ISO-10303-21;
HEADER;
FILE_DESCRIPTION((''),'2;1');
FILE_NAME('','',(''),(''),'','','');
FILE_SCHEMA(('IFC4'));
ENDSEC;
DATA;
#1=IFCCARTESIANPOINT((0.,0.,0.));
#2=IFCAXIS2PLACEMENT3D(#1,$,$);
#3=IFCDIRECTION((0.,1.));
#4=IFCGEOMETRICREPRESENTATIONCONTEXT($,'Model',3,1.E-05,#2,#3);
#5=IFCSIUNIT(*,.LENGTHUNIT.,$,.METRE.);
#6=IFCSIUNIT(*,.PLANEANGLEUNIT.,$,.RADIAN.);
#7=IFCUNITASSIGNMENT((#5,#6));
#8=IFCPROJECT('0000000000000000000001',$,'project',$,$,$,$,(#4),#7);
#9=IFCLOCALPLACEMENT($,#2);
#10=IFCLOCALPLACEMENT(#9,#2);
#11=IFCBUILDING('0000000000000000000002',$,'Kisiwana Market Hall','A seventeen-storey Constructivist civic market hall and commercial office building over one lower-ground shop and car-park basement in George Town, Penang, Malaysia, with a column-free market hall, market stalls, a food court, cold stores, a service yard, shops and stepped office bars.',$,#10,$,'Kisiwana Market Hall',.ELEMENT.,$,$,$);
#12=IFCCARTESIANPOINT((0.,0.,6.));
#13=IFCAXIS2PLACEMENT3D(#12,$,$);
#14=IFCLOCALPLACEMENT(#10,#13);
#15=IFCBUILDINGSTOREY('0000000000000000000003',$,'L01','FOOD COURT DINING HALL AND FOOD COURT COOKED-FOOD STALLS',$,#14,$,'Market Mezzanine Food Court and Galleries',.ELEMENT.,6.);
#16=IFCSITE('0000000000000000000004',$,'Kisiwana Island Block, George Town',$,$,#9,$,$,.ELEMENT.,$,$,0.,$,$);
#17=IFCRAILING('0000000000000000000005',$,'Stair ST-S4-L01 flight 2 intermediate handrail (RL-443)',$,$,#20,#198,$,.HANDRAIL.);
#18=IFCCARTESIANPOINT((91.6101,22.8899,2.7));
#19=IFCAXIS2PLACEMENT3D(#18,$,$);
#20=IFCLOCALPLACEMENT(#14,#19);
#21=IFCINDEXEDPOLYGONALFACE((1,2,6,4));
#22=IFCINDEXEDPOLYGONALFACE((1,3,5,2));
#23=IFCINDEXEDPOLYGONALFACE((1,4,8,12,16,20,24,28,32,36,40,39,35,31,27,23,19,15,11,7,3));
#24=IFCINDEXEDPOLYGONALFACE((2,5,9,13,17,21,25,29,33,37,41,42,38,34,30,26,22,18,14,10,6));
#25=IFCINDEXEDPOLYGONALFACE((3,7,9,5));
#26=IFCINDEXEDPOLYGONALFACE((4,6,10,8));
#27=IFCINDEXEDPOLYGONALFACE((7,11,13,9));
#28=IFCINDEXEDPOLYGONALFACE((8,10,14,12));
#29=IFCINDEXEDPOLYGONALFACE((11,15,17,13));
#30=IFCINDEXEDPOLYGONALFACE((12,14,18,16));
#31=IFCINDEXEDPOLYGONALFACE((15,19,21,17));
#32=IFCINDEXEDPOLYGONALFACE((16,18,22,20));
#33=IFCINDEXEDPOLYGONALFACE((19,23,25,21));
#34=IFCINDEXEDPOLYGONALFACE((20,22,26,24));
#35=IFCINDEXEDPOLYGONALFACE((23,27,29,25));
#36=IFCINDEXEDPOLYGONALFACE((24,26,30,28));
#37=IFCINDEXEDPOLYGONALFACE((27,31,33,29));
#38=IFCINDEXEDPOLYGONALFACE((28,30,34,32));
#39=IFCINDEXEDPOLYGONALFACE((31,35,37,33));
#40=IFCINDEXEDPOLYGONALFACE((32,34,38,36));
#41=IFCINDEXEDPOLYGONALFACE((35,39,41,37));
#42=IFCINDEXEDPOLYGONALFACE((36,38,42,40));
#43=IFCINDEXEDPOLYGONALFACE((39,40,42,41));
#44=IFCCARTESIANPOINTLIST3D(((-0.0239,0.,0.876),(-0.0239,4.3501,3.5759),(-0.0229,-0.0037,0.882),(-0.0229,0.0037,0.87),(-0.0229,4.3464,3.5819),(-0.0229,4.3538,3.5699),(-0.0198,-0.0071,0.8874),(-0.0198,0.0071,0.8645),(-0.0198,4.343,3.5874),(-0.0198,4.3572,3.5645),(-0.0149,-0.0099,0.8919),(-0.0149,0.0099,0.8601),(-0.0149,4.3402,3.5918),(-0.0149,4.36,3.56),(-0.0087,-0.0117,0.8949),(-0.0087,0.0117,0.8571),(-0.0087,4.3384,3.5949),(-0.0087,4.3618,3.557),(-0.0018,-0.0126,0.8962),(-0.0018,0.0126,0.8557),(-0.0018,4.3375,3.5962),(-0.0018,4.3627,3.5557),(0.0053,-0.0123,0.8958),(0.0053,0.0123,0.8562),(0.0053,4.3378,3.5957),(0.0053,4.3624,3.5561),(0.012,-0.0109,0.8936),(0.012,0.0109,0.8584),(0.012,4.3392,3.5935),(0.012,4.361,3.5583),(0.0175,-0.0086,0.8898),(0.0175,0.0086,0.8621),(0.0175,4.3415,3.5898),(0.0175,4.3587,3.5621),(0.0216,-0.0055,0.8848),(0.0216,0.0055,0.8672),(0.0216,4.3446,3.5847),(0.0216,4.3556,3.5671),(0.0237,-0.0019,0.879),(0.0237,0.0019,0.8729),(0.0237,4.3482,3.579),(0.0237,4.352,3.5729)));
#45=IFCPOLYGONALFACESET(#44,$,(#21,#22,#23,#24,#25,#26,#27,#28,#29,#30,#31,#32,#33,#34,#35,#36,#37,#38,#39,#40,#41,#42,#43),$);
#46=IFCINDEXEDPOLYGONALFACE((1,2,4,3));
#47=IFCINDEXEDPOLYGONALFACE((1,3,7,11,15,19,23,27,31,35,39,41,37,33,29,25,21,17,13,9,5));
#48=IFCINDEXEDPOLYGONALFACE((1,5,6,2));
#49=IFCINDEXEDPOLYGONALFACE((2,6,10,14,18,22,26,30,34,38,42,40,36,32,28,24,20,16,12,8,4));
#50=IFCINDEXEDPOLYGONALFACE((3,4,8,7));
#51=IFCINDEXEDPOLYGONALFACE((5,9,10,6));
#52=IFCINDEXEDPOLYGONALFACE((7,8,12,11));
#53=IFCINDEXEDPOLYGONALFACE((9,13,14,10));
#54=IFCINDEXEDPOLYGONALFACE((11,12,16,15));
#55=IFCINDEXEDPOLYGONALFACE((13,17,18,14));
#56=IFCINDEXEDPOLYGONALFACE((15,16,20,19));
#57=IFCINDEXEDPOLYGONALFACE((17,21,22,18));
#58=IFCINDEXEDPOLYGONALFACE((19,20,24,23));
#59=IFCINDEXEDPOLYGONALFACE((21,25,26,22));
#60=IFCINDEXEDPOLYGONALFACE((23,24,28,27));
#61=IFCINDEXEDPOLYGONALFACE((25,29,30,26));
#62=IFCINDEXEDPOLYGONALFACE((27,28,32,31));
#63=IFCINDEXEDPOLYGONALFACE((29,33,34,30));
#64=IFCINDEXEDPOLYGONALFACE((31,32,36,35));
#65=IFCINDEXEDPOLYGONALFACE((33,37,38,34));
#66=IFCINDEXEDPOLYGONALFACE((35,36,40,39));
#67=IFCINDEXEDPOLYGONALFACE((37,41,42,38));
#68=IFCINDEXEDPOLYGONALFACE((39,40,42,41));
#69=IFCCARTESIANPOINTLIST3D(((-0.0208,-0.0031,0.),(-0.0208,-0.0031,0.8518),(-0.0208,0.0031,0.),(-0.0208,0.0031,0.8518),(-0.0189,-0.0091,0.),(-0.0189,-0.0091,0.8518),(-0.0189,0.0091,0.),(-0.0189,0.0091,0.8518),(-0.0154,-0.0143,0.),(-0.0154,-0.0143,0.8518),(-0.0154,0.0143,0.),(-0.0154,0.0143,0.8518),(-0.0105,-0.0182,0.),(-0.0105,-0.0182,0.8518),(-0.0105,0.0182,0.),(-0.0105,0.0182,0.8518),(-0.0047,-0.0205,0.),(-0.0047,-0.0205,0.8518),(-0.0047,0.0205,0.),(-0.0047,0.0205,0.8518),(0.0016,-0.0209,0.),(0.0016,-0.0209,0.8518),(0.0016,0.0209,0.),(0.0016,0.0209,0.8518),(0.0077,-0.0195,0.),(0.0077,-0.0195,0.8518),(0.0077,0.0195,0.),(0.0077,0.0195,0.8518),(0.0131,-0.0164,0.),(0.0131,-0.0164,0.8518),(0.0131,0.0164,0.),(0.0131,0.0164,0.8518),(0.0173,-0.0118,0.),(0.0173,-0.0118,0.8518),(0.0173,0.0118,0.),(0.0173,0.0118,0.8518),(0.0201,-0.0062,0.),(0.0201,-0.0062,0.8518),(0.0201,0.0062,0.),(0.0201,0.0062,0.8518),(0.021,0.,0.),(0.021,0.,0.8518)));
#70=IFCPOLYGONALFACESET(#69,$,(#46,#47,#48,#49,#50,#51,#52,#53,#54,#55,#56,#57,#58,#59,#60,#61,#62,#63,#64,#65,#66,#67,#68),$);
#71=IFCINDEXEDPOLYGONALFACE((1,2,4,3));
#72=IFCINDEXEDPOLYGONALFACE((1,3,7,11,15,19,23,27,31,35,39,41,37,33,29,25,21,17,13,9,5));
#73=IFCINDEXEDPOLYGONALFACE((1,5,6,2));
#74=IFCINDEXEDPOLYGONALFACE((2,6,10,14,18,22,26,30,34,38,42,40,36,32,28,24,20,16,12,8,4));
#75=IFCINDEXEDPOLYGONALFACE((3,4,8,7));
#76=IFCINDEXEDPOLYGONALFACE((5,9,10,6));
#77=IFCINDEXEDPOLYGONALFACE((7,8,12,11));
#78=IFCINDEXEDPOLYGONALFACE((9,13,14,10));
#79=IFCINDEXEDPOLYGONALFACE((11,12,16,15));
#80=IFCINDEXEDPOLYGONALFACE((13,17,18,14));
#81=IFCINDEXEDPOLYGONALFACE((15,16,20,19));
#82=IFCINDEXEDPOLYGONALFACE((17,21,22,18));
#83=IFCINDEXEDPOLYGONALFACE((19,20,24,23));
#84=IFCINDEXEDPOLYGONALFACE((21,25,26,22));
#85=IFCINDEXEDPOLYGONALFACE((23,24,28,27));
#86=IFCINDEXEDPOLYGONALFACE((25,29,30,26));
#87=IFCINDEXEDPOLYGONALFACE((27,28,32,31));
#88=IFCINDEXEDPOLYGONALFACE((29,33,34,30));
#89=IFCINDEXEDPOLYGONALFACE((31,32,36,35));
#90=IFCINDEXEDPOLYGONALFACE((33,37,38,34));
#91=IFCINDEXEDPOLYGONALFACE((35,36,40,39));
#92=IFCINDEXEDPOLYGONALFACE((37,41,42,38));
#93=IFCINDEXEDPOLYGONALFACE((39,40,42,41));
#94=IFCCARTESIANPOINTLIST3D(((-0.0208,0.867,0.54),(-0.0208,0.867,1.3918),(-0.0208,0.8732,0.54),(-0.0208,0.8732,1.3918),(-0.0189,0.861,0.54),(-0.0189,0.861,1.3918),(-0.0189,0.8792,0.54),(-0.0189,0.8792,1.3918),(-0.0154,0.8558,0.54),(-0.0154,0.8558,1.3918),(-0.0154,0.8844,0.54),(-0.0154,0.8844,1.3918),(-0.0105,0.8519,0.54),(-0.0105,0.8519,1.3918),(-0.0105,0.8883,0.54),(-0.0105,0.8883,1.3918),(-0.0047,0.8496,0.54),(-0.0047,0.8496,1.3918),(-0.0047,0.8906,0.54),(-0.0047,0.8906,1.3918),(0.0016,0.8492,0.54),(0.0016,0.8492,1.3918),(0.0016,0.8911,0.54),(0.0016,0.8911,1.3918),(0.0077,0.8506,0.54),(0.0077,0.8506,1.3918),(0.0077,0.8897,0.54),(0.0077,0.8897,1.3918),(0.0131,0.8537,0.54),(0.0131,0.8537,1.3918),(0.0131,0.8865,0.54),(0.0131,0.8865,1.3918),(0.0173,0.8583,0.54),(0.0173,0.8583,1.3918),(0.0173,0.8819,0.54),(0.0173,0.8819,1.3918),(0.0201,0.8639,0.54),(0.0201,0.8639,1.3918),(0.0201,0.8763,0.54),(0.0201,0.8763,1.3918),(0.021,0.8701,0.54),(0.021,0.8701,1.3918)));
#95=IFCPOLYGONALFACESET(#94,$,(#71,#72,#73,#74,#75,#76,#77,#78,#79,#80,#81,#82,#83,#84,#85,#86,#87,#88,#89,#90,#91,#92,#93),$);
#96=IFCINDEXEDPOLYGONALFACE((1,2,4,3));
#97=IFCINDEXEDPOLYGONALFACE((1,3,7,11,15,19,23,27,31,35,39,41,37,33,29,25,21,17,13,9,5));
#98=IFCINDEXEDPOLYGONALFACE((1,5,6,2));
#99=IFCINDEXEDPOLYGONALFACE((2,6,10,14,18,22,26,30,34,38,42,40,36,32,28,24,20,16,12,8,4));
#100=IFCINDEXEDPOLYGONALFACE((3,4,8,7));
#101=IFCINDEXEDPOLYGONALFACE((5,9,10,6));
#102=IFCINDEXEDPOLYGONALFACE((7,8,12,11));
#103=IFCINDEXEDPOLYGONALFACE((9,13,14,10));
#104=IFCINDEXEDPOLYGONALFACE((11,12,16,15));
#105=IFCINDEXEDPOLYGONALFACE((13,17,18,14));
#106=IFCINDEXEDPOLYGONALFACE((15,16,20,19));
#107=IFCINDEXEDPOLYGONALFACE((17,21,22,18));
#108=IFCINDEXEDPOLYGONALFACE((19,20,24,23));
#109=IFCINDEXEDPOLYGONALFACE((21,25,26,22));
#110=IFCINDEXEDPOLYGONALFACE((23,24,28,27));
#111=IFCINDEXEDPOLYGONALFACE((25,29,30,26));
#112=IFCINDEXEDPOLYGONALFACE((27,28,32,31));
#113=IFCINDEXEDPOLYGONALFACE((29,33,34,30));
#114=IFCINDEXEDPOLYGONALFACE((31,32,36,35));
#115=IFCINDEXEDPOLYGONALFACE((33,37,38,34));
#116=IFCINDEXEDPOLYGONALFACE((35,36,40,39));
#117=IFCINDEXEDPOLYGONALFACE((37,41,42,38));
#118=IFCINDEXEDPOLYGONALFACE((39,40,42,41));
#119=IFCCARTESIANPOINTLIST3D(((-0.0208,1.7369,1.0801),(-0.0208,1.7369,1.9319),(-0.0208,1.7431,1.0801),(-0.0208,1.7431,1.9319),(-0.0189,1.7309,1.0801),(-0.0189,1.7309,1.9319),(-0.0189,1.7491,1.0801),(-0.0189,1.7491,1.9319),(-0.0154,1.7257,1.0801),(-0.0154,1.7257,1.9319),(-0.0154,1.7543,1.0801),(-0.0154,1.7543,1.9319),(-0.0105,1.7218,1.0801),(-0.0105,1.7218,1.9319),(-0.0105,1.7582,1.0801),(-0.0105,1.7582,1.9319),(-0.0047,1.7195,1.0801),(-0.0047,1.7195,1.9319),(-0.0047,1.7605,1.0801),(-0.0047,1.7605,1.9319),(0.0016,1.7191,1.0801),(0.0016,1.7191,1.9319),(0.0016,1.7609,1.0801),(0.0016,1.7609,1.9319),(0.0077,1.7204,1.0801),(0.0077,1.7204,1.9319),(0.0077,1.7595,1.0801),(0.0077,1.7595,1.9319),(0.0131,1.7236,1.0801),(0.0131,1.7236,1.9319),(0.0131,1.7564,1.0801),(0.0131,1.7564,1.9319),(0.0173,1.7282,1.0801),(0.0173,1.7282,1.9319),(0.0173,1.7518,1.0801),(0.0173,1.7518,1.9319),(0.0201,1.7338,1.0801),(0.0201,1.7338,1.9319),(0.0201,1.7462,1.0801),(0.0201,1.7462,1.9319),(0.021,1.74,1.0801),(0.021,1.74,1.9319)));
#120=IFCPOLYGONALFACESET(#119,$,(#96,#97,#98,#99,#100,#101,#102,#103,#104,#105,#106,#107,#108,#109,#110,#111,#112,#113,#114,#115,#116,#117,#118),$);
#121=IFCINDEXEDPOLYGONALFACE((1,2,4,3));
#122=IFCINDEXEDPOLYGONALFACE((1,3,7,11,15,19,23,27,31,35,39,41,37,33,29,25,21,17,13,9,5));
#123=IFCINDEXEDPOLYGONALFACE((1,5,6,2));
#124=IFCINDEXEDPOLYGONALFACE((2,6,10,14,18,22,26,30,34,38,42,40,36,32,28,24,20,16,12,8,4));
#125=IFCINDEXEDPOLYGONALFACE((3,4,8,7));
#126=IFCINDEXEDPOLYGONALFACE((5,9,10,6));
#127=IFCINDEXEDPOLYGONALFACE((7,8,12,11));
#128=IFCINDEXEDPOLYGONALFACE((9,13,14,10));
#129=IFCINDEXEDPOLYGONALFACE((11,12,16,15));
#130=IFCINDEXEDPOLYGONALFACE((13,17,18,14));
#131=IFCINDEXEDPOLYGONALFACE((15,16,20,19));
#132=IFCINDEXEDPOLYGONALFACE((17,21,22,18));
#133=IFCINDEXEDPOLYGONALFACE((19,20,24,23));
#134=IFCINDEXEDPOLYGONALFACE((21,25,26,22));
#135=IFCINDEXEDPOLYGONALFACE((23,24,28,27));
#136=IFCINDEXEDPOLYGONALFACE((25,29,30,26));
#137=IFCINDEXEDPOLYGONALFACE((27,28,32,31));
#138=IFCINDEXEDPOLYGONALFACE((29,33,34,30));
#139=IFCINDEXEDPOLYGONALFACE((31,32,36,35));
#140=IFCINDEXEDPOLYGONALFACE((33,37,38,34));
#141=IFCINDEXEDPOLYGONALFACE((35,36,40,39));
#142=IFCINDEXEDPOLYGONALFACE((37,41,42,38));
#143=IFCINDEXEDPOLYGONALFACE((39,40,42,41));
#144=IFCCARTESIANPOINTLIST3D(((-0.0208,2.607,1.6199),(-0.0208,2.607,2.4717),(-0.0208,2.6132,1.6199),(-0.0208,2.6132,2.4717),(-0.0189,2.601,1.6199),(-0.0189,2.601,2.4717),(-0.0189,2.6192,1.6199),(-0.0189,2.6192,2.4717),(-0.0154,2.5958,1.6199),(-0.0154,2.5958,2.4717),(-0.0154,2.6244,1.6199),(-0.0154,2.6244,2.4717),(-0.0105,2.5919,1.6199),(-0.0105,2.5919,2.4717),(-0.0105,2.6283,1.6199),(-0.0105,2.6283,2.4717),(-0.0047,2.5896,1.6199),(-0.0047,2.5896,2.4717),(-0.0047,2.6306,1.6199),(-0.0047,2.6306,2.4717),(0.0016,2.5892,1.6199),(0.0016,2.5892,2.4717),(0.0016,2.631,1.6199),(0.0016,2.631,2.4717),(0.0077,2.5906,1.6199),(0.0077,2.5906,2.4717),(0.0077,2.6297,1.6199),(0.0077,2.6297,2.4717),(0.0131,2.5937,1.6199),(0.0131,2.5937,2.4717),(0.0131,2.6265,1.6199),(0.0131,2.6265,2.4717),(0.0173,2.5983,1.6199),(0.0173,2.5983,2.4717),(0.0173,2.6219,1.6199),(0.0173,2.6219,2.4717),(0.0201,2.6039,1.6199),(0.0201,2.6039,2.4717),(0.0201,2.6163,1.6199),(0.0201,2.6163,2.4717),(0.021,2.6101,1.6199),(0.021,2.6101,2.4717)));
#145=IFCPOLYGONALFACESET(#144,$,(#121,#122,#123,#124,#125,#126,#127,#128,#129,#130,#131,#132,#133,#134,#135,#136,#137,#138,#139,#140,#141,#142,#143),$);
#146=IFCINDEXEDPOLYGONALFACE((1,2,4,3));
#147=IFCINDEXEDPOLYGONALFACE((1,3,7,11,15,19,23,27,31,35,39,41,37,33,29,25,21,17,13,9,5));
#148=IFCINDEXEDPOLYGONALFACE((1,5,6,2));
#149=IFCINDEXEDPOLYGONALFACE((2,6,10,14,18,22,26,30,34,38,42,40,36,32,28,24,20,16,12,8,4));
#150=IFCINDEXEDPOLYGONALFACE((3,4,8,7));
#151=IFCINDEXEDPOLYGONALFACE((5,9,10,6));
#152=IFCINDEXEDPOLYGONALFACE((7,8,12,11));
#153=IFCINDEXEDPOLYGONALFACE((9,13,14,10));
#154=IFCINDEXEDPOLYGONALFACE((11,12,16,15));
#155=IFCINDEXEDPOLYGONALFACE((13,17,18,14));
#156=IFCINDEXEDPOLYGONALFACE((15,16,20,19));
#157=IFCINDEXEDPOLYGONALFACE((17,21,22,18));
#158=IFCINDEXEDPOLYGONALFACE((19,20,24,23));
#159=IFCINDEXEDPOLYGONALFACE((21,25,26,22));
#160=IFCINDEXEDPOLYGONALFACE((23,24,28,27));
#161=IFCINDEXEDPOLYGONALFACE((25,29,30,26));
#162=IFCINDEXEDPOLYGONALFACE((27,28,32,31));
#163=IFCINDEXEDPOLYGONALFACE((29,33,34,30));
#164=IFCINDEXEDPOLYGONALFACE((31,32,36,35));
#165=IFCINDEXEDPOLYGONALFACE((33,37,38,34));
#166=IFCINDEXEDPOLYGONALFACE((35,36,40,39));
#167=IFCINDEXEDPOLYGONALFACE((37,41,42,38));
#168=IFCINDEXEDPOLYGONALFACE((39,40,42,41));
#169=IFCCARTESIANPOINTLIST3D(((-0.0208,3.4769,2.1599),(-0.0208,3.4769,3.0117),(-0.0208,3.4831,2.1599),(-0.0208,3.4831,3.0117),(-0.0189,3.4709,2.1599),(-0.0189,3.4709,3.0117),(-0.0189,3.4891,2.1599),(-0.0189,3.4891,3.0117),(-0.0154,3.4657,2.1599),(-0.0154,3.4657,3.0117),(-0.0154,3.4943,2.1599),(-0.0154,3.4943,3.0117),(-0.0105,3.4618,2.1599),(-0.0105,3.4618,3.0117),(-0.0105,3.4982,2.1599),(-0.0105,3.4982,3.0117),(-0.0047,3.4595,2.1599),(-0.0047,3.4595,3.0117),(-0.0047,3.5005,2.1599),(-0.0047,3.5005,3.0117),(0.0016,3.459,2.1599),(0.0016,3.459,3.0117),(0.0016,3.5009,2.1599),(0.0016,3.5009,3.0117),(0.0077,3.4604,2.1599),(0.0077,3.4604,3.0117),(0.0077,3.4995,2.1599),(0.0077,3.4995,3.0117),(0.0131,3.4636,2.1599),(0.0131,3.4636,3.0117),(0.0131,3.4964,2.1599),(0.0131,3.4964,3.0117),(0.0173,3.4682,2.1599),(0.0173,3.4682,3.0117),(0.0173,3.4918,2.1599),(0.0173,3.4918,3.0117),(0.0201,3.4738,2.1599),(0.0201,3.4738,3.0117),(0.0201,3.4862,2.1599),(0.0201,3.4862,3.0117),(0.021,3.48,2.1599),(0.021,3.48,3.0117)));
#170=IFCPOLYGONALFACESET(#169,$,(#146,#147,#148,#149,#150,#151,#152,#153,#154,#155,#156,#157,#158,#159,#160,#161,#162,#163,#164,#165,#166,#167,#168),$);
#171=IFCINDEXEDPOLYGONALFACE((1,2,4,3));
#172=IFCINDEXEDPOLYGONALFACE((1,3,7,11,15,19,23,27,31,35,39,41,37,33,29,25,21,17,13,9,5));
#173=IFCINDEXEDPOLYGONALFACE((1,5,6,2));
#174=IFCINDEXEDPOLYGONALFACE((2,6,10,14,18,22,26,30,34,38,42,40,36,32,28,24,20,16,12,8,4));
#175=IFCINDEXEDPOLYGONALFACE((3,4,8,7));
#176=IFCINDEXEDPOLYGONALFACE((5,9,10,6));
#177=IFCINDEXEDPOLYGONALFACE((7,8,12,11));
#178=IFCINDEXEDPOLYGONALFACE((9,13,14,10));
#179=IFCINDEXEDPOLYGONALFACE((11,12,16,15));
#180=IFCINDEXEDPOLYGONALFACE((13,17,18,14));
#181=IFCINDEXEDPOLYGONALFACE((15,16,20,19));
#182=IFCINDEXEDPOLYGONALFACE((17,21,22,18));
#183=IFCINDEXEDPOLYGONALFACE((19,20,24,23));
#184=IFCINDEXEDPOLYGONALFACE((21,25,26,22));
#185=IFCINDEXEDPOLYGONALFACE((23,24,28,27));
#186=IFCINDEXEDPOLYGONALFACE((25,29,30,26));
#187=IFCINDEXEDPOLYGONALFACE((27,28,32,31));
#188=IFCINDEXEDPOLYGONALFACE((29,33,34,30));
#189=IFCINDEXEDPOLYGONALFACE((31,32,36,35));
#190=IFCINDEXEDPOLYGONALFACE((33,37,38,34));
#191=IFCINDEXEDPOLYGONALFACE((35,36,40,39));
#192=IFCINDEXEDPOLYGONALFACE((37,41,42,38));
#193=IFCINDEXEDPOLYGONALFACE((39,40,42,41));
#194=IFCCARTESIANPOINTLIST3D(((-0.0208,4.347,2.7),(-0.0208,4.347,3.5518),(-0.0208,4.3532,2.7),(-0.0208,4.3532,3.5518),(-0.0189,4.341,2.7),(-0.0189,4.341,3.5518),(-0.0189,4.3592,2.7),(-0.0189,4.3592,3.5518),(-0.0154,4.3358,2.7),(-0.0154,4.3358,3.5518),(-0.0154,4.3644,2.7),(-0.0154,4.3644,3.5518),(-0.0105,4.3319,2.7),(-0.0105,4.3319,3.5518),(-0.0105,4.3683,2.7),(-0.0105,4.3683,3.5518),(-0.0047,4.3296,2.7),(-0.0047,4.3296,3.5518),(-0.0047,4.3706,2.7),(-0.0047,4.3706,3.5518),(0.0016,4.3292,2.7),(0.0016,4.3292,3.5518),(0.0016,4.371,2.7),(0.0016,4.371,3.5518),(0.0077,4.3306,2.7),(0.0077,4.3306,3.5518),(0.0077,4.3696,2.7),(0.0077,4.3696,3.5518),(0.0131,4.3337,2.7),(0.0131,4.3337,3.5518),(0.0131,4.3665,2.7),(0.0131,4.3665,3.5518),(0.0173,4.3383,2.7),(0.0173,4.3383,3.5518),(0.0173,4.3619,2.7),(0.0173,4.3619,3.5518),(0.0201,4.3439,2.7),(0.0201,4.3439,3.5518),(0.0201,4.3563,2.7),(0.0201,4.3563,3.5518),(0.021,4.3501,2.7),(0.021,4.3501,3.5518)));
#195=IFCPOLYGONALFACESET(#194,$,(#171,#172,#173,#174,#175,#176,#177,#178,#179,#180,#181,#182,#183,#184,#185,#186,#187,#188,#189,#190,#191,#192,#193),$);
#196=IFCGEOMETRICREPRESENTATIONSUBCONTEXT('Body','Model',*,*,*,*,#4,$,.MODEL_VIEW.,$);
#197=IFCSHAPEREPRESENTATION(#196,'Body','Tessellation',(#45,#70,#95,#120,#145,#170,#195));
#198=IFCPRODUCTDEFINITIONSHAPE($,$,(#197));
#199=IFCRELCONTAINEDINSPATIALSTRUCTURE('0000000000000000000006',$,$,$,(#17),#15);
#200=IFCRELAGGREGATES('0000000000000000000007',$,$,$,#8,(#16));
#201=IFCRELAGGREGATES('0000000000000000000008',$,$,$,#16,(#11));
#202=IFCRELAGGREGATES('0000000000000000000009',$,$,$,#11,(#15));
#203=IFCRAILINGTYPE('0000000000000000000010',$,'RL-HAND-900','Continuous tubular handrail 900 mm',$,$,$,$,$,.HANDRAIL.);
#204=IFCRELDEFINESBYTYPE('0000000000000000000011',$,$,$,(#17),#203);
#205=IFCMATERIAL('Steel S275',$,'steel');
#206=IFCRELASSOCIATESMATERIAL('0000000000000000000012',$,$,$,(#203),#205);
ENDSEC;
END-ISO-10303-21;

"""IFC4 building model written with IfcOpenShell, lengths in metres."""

from ifc_helpers import new_model, si_unit, direction, frame, origin, origin_2d, place, context, subcontext, project, spatial, circle, extrude, material, type_object, element, save


model = new_model("IFC4")

# Units and contexts
model_context = context("Model", 3, precision=1e-05, world=origin(), true_north=direction((0.0, 1.0)))
body_context = subcontext(model_context, "Body", "Model", "MODEL_VIEW")
ifc_project = project(units=[si_unit("LENGTHUNIT", "METRE"), si_unit("PLANEANGLEUNIT", "RADIAN")], contexts=[model_context])

# Site, building, storey
site_placement = place(None, origin())
site = spatial("IfcSite", under=ifc_project, at=site_placement, Name="Kisiwana Island Block, George Town", CompositionType="ELEMENT", RefElevation=0.0)
building_placement = place(site_placement, origin())
building = spatial("IfcBuilding", under=site, at=building_placement, Name="Kisiwana Market Hall", Description="A seventeen-storey Constructivist civic market hall and commercial office building over one lower-ground shop and car-park basement in George Town, Penang, Malaysia, with a column-free market hall, market stalls, a food court, cold stores, a service yard, shops and stepped office bars.", LongName="Kisiwana Market Hall", CompositionType="ELEMENT")
storey_placement = place(building_placement, frame((0.0, 0.0, 6.0)))
storey = spatial("IfcBuildingStorey", under=building, at=storey_placement, Name="L01", Description="FOOD COURT DINING HALL AND FOOD COURT COOKED-FOOD STALLS", LongName="Market Mezzanine Food Court and Galleries", CompositionType="ELEMENT", Elevation=6.0)

# Railing
ifc_material_1 = material(Name="Steel S275", Category="steel")
railing_type_1 = type_object("IfcRailingType", Name="RL-HAND-900", Description="Continuous tubular handrail 900 mm", PredefinedType="HANDRAIL", material=ifc_material_1)
railing_1_placement = place(storey_placement, frame((91.6101, 22.8899, 2.7)))
element("IfcRailing", 1, at=railing_1_placement, inside=storey, type_object=railing_type_1, Name="Stair ST-S4-L01 flight 2 intermediate handrail (RL-443)", PredefinedType="HANDRAIL", context=body_context, shape_type="SweptSolid", body=[
    extrude(circle(Radius=0.0239, at=origin_2d()), frame((0.0, 0.0, 0.876), z_axis=(0.0, 0.84965, 0.527347), x_axis=(-1.0, 0.0, 0.0)), (0.0, 0.0, 1.0), 5.1199),
    extrude(circle(Radius=0.021, at=origin_2d()), origin(), (0.0, 0.0, 1.0), 0.8518),
    extrude(circle(Radius=0.021, at=origin_2d()), frame((0.0, 0.8701, 0.54)), (0.0, 0.0, 1.0), 0.8518),
    extrude(circle(Radius=0.021, at=origin_2d()), frame((0.0, 1.74, 1.0801)), (0.0, 0.0, 1.0), 0.8518),
    extrude(circle(Radius=0.021, at=origin_2d()), frame((0.0, 2.6101, 1.6199)), (0.0, 0.0, 1.0), 0.8518),
    extrude(circle(Radius=0.021, at=origin_2d()), frame((0.0, 3.48, 2.1599)), (0.0, 0.0, 1.0), 0.8518),
    extrude(circle(Radius=0.021, at=origin_2d()), frame((0.0, 4.3501, 2.7)), (0.0, 0.0, 1.0), 0.8518),
])

save(model, "model.ifc")
